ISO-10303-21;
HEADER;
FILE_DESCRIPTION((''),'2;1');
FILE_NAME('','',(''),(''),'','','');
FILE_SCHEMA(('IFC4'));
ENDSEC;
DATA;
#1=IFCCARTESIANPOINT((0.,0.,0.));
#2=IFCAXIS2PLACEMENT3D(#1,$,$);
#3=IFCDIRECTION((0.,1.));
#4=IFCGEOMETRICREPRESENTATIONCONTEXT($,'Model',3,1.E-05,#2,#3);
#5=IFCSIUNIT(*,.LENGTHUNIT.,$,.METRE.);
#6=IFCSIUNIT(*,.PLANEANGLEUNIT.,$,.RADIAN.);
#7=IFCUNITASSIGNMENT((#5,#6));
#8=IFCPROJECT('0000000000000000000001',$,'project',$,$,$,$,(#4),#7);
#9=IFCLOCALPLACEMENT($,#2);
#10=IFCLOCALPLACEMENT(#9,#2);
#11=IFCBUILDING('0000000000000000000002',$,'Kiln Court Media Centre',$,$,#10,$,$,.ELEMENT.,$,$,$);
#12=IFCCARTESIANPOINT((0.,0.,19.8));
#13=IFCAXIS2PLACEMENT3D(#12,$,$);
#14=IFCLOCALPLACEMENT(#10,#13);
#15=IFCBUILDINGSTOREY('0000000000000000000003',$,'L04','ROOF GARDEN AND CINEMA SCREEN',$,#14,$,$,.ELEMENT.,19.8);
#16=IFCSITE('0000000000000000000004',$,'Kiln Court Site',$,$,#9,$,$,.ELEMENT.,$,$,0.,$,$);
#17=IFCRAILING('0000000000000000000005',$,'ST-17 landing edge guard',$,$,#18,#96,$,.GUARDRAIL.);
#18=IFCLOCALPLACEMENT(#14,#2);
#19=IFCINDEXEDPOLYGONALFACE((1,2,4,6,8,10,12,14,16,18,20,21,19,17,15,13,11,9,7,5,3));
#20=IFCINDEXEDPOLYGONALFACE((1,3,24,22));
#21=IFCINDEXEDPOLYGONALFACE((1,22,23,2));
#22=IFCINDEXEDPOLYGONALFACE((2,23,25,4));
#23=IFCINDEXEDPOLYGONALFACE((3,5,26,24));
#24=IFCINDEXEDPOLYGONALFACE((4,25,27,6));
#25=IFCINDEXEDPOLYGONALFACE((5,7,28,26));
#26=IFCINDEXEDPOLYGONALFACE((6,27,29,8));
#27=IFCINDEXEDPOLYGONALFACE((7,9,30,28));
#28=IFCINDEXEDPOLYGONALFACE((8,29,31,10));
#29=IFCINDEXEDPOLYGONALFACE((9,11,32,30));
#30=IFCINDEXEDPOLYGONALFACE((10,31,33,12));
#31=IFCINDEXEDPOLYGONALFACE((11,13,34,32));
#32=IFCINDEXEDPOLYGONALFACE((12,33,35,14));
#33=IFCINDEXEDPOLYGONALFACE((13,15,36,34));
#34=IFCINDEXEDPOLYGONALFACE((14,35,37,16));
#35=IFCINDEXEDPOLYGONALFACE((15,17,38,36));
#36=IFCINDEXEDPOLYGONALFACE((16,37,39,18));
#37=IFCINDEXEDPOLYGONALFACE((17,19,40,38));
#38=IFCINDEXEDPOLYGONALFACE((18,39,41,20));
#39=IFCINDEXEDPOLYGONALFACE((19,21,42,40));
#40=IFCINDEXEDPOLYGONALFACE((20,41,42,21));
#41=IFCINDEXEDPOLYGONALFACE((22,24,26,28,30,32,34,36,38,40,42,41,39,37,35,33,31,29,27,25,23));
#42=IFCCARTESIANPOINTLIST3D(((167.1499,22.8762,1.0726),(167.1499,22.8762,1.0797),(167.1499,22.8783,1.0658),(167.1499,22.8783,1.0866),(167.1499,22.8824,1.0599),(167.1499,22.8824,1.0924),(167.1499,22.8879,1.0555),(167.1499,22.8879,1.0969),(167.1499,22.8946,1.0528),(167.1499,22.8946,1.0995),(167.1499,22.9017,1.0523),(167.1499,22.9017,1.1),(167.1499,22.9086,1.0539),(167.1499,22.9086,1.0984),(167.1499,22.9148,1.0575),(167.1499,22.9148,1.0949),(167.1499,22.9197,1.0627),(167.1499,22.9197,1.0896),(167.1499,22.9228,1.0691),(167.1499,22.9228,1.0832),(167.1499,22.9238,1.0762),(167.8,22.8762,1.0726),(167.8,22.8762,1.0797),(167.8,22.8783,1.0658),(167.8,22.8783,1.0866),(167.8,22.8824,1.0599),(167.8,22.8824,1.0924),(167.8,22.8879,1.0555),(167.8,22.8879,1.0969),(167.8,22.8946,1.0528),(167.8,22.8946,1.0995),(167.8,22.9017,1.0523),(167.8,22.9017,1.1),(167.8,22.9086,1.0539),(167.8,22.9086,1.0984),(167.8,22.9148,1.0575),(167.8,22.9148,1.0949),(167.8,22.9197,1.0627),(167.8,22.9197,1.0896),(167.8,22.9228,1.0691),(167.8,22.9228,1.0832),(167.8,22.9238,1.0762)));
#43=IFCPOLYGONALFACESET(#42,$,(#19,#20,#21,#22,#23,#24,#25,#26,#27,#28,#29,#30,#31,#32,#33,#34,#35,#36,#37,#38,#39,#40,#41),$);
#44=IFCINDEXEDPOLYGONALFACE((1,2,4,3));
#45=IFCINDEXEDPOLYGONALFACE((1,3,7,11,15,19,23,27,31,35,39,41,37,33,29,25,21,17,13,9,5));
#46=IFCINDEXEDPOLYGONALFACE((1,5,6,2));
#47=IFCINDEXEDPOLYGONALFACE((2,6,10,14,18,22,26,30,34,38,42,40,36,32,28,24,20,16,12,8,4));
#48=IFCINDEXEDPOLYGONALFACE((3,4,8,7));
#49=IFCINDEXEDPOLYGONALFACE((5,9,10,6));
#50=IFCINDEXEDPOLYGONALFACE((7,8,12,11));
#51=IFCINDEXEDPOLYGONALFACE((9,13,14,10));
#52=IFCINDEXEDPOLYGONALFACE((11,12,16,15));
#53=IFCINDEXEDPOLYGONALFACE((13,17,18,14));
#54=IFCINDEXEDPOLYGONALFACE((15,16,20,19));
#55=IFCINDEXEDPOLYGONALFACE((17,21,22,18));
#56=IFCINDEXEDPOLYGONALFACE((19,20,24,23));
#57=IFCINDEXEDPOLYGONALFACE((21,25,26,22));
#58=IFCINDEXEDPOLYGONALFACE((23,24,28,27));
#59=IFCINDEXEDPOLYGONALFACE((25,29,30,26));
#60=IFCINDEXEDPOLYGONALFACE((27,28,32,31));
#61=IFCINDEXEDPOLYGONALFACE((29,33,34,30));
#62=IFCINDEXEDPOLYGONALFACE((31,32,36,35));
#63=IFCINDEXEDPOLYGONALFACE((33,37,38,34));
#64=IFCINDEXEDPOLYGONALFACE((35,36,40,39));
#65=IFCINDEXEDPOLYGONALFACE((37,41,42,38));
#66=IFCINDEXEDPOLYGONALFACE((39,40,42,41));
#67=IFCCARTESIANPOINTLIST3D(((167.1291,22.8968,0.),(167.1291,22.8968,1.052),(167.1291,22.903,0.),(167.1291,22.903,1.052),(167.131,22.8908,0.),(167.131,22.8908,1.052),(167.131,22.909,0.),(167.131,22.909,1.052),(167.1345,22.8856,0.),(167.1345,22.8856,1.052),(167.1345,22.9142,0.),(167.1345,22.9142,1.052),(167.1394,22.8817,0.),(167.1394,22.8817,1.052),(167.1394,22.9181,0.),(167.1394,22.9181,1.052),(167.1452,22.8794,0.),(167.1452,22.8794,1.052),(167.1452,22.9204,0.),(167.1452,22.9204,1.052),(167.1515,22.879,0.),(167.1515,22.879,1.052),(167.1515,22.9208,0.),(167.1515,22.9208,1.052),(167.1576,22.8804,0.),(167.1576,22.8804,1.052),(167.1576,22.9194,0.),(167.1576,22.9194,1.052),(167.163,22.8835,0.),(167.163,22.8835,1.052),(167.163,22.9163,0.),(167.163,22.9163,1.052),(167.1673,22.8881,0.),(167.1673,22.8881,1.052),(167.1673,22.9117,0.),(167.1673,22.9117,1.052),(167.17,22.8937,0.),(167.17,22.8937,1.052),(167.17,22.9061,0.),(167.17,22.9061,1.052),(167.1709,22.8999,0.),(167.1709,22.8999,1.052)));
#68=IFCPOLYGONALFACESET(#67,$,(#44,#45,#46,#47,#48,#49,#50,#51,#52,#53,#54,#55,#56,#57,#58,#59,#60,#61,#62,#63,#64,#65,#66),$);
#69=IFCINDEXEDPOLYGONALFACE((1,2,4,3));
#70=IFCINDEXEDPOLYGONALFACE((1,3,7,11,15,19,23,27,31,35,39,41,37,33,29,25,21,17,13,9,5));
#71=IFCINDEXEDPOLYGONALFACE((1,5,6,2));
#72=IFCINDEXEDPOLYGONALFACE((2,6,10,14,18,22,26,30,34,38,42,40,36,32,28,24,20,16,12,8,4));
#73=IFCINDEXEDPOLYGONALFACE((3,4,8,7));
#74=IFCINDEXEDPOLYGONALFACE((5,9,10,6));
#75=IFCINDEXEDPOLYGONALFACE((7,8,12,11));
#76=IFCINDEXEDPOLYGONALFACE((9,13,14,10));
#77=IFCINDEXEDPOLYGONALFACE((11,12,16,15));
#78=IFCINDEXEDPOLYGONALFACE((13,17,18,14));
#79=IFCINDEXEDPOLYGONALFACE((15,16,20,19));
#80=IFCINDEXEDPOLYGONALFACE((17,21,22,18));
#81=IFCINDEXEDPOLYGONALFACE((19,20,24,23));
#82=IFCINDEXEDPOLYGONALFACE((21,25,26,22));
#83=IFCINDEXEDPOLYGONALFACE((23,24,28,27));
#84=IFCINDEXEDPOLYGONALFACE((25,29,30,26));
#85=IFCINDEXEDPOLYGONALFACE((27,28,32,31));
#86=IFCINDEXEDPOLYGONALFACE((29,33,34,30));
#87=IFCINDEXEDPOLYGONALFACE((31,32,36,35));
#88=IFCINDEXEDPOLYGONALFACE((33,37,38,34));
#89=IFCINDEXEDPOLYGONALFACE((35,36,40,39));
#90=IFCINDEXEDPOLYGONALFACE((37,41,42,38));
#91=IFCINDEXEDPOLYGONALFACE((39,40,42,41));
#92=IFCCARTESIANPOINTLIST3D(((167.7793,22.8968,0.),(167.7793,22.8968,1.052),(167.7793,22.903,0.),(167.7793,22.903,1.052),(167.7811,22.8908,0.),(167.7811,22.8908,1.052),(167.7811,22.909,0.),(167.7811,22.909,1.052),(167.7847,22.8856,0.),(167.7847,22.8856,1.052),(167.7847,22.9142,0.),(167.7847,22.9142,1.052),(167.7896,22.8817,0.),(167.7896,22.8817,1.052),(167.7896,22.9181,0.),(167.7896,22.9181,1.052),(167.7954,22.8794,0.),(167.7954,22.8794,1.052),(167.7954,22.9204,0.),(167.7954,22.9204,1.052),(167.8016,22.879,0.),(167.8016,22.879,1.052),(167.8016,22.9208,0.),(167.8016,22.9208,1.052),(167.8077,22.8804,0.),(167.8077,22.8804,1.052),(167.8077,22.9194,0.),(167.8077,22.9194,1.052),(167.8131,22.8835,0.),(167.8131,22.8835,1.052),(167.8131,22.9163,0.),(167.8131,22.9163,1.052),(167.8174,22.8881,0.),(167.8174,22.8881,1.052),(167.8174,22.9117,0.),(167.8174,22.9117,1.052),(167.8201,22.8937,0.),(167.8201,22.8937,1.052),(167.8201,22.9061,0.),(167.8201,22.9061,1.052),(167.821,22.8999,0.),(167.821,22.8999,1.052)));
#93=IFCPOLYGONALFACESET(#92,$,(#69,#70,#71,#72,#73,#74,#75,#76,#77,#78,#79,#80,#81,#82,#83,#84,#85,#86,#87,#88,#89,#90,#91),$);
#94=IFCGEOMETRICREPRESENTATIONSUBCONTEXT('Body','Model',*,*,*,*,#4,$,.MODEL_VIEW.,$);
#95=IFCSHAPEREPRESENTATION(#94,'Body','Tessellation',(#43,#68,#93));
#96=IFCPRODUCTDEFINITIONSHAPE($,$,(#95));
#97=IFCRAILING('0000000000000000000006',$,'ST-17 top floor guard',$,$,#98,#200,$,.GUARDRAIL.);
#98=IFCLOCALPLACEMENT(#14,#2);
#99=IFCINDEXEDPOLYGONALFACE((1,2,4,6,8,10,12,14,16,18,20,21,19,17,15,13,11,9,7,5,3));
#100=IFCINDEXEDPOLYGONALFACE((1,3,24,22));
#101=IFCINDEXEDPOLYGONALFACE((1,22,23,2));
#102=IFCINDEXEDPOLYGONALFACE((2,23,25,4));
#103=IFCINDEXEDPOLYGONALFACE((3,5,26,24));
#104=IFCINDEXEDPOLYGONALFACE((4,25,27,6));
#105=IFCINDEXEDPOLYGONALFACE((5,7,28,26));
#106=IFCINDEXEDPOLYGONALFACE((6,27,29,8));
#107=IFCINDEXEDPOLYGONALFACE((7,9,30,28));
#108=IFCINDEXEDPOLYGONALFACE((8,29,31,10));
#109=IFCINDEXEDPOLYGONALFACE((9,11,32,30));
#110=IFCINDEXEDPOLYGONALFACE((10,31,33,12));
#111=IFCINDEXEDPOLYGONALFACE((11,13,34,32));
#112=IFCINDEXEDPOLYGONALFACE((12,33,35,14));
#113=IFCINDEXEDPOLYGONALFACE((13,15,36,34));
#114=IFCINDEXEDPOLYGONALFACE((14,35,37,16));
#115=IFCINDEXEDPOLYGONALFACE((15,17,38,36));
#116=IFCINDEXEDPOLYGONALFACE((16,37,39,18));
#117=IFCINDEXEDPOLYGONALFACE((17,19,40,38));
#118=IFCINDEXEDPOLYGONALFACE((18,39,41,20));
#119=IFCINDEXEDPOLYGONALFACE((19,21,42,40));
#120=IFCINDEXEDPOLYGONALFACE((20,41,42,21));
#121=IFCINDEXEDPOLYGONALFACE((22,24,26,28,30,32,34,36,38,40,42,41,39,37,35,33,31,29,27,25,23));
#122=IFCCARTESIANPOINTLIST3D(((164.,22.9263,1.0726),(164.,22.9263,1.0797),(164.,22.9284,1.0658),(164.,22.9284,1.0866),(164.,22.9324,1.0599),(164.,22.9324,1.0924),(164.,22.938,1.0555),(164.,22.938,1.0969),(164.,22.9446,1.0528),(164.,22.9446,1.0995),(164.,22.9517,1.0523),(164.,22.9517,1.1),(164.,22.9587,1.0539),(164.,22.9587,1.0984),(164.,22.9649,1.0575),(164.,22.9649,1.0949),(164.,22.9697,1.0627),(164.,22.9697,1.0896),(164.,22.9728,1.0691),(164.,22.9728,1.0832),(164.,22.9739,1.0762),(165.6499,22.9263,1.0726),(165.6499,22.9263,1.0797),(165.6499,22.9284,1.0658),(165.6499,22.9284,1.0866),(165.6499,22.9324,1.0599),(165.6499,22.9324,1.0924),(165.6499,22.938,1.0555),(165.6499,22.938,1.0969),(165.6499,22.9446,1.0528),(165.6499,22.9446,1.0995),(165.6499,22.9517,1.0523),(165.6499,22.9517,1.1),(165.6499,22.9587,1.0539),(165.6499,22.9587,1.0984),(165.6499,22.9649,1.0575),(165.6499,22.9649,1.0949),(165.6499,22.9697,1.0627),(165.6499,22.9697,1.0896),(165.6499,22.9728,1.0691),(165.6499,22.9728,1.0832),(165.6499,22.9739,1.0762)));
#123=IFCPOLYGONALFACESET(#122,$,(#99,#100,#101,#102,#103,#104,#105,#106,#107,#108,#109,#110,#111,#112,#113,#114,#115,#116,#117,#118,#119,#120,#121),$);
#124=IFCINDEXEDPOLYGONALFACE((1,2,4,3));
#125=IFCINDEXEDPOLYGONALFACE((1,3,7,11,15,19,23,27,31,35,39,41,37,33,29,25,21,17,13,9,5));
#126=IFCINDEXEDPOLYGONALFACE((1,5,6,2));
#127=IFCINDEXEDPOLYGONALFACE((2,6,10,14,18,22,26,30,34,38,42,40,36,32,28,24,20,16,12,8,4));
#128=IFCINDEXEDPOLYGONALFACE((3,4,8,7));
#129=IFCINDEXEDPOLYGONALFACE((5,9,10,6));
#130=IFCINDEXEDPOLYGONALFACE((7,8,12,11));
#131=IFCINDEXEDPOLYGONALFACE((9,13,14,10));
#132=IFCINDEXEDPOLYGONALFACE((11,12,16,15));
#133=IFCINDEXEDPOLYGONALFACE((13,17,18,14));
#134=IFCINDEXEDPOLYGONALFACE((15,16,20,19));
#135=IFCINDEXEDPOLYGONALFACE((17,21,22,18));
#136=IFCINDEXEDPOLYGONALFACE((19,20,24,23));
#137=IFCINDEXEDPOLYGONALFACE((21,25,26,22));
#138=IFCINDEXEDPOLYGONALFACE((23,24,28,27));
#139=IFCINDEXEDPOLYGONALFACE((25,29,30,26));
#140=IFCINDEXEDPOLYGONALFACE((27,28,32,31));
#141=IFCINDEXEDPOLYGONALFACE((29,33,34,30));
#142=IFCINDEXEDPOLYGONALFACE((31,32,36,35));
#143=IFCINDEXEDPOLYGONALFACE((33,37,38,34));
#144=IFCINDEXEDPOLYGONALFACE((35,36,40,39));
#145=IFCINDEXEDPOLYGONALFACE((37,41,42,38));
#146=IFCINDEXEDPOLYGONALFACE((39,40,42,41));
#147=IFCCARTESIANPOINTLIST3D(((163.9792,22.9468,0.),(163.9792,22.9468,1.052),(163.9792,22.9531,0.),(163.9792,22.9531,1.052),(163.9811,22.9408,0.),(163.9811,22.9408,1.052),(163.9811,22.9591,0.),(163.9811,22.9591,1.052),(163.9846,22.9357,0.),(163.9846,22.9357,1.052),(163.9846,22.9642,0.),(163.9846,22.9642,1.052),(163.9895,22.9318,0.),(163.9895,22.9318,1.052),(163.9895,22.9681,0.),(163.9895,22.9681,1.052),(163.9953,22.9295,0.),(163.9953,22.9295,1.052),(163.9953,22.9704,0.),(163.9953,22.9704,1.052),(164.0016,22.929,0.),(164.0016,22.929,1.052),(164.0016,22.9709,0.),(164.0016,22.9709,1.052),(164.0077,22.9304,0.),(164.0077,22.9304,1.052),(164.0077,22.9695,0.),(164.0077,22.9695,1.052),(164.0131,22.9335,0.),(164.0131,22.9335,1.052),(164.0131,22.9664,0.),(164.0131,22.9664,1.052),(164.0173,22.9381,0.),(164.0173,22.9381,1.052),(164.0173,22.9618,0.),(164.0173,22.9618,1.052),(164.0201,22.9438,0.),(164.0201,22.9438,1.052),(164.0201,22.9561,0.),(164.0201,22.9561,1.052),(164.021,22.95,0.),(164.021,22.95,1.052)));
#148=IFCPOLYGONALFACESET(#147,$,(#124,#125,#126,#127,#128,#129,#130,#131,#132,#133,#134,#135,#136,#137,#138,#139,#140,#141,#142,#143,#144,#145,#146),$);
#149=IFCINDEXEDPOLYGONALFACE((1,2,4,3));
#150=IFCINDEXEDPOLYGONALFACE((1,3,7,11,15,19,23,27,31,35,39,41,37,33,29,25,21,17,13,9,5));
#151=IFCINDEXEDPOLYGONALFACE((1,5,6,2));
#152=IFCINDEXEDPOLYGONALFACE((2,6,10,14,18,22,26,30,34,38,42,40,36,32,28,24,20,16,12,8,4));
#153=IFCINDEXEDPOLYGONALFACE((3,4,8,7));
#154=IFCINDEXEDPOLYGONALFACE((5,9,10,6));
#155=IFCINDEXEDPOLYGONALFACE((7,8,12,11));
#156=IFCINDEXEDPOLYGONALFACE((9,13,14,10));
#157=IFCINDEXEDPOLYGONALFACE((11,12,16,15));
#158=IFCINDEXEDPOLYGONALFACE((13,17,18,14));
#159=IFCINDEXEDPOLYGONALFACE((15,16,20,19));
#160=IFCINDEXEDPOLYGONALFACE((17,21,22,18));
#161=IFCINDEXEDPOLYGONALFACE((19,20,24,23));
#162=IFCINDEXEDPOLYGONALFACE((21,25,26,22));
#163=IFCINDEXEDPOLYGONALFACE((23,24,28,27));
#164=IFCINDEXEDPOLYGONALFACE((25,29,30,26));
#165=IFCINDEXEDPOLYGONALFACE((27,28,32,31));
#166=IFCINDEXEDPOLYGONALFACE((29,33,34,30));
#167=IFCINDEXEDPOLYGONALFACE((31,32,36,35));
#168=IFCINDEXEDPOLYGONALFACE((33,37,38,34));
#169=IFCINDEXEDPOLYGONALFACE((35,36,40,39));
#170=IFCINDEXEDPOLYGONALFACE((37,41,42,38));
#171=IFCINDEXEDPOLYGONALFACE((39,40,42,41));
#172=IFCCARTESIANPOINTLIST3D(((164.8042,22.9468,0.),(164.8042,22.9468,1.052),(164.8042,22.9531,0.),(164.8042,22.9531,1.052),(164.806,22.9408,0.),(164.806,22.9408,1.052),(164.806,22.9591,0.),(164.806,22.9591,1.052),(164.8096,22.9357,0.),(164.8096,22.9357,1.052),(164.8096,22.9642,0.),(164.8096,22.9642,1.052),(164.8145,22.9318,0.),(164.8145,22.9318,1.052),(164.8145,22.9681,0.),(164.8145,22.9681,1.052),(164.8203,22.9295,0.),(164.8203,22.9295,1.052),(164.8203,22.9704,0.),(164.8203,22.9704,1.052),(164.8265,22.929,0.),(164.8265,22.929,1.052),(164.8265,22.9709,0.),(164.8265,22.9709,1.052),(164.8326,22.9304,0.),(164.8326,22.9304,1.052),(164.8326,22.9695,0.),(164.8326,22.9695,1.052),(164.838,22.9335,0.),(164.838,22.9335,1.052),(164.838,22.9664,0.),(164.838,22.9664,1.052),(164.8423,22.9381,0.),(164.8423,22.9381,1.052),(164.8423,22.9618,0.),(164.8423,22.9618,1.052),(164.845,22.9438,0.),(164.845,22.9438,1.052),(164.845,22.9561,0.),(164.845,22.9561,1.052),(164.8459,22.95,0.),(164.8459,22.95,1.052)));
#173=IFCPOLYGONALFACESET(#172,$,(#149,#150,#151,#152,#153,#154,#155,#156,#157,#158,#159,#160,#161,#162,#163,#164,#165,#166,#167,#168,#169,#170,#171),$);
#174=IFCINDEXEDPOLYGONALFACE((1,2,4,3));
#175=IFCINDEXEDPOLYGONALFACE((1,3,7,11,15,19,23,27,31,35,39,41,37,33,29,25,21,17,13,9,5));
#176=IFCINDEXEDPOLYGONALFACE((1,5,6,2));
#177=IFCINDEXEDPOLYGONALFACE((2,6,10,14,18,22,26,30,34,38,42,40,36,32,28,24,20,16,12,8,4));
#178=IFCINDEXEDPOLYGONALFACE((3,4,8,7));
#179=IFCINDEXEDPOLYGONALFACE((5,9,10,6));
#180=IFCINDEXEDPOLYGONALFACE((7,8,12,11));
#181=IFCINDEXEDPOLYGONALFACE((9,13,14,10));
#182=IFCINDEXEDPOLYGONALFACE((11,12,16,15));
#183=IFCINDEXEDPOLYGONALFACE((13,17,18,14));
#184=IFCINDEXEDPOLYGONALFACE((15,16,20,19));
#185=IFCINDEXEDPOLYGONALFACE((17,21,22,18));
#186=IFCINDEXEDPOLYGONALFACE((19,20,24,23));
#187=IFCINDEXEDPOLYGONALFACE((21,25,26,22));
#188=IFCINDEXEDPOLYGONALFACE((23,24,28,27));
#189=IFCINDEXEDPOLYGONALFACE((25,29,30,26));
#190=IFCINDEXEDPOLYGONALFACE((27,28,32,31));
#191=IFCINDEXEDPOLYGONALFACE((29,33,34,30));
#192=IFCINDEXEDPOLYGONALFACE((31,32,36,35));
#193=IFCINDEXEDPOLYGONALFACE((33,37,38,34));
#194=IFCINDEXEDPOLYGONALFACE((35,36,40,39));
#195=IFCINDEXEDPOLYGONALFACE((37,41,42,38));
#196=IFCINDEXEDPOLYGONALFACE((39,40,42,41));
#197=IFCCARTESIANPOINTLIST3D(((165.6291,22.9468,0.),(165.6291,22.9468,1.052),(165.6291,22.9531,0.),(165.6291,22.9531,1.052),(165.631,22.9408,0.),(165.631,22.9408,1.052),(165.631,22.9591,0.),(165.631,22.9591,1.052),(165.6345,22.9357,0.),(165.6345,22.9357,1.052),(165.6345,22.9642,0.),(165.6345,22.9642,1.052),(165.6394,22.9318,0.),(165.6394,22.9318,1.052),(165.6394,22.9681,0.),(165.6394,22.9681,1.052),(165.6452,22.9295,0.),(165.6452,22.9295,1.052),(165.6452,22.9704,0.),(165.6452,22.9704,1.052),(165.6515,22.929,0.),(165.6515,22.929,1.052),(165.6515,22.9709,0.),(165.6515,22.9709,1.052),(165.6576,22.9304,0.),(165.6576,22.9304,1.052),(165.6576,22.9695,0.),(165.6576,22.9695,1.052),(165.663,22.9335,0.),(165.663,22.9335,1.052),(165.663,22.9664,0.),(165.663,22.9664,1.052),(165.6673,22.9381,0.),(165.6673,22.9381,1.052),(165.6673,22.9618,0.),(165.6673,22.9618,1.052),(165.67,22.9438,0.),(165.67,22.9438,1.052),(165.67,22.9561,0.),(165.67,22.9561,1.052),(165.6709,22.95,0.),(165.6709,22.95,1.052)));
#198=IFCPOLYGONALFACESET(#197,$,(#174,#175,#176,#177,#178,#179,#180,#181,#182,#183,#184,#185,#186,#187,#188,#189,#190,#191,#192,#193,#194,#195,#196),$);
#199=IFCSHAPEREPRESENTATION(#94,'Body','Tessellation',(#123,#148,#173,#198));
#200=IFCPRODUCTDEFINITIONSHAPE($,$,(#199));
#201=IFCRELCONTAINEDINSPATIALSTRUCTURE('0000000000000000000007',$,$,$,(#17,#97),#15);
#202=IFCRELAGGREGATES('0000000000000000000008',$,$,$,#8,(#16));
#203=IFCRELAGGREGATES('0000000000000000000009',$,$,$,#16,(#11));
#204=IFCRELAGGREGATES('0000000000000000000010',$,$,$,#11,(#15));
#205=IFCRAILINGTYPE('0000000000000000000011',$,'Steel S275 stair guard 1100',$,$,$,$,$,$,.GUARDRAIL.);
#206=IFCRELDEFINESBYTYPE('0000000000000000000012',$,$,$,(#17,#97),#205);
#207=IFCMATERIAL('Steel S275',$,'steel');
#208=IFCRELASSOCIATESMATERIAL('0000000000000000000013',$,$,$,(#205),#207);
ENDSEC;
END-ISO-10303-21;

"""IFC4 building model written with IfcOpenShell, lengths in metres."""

from ifc_helpers import new_model, si_unit, direction, frame, origin, origin_2d, place, context, subcontext, project, spatial, circle, extrude, material, type_object, element, save


model = new_model("IFC4")

# Units and contexts
model_context = context("Model", 3, precision=1e-05, world=origin(), true_north=direction((0.0, 1.0)))
body_context = subcontext(model_context, "Body", "Model", "MODEL_VIEW")
ifc_project = project(units=[si_unit("LENGTHUNIT", "METRE"), si_unit("PLANEANGLEUNIT", "RADIAN")], contexts=[model_context])

# Site, building, storey
site_placement = place(None, origin())
site = spatial("IfcSite", under=ifc_project, at=site_placement, Name="Kiln Court Site", CompositionType="ELEMENT", RefElevation=0.0)
building_placement = place(site_placement, origin())
building = spatial("IfcBuilding", under=site, at=building_placement, Name="Kiln Court Media Centre", CompositionType="ELEMENT")
storey_placement = place(building_placement, frame((0.0, 0.0, 19.8)))
storey = spatial("IfcBuildingStorey", under=building, at=storey_placement, Name="L04", Description="ROOF GARDEN AND CINEMA SCREEN", CompositionType="ELEMENT", Elevation=19.8)

# Railings
ifc_material_1 = material(Name="Steel S275", Category="steel")
railing_type = type_object("IfcRailingType", Name="Steel S275 stair guard 1100", PredefinedType="GUARDRAIL", material=ifc_material_1)
railing_1_placement = place(storey_placement, frame((167.1499, 22.8999, 0.0)))
element("IfcRailing", 1, at=railing_1_placement, inside=storey, type_object=railing_type, Name="ST-17 landing edge guard", PredefinedType="GUARDRAIL", context=body_context, shape_type="SweptSolid", body=[
    extrude(circle(Radius=0.0239, at=origin_2d()), frame((0.0, 0.0, 1.0762), z_axis=(1.0, 0.0, 0.0), x_axis=(0.0, 1.0, 0.0)), (0.0, 0.0, 1.0), 0.6501),
    extrude(circle(Radius=0.021, at=origin_2d()), origin(), (0.0, 0.0, 1.0), 1.052),
    extrude(circle(Radius=0.021, at=origin_2d()), frame((0.6501, 0.0, 0.0)), (0.0, 0.0, 1.0), 1.052),
])
railing_2_placement = place(storey_placement, frame((164.0, 22.95, 0.0)))
element("IfcRailing", 2, at=railing_2_placement, inside=storey, type_object=railing_type, Name="ST-17 top floor guard", PredefinedType="GUARDRAIL", context=body_context, shape_type="SweptSolid", body=[
    extrude(circle(Radius=0.0239, at=origin_2d()), frame((0.0, 0.0, 1.0762), z_axis=(1.0, 0.0, 0.0), x_axis=(0.0, 1.0, 0.0)), (0.0, 0.0, 1.0), 1.6499),
    extrude(circle(Radius=0.021, at=origin_2d()), origin(), (0.0, 0.0, 1.0), 1.052),
    extrude(circle(Radius=0.021, at=origin_2d()), frame((0.825, 0.0, 0.0)), (0.0, 0.0, 1.0), 1.052),
    extrude(circle(Radius=0.021, at=origin_2d()), frame((1.6499, 0.0, 0.0)), (0.0, 0.0, 1.0), 1.052),
])

save(model, "model.ifc")
